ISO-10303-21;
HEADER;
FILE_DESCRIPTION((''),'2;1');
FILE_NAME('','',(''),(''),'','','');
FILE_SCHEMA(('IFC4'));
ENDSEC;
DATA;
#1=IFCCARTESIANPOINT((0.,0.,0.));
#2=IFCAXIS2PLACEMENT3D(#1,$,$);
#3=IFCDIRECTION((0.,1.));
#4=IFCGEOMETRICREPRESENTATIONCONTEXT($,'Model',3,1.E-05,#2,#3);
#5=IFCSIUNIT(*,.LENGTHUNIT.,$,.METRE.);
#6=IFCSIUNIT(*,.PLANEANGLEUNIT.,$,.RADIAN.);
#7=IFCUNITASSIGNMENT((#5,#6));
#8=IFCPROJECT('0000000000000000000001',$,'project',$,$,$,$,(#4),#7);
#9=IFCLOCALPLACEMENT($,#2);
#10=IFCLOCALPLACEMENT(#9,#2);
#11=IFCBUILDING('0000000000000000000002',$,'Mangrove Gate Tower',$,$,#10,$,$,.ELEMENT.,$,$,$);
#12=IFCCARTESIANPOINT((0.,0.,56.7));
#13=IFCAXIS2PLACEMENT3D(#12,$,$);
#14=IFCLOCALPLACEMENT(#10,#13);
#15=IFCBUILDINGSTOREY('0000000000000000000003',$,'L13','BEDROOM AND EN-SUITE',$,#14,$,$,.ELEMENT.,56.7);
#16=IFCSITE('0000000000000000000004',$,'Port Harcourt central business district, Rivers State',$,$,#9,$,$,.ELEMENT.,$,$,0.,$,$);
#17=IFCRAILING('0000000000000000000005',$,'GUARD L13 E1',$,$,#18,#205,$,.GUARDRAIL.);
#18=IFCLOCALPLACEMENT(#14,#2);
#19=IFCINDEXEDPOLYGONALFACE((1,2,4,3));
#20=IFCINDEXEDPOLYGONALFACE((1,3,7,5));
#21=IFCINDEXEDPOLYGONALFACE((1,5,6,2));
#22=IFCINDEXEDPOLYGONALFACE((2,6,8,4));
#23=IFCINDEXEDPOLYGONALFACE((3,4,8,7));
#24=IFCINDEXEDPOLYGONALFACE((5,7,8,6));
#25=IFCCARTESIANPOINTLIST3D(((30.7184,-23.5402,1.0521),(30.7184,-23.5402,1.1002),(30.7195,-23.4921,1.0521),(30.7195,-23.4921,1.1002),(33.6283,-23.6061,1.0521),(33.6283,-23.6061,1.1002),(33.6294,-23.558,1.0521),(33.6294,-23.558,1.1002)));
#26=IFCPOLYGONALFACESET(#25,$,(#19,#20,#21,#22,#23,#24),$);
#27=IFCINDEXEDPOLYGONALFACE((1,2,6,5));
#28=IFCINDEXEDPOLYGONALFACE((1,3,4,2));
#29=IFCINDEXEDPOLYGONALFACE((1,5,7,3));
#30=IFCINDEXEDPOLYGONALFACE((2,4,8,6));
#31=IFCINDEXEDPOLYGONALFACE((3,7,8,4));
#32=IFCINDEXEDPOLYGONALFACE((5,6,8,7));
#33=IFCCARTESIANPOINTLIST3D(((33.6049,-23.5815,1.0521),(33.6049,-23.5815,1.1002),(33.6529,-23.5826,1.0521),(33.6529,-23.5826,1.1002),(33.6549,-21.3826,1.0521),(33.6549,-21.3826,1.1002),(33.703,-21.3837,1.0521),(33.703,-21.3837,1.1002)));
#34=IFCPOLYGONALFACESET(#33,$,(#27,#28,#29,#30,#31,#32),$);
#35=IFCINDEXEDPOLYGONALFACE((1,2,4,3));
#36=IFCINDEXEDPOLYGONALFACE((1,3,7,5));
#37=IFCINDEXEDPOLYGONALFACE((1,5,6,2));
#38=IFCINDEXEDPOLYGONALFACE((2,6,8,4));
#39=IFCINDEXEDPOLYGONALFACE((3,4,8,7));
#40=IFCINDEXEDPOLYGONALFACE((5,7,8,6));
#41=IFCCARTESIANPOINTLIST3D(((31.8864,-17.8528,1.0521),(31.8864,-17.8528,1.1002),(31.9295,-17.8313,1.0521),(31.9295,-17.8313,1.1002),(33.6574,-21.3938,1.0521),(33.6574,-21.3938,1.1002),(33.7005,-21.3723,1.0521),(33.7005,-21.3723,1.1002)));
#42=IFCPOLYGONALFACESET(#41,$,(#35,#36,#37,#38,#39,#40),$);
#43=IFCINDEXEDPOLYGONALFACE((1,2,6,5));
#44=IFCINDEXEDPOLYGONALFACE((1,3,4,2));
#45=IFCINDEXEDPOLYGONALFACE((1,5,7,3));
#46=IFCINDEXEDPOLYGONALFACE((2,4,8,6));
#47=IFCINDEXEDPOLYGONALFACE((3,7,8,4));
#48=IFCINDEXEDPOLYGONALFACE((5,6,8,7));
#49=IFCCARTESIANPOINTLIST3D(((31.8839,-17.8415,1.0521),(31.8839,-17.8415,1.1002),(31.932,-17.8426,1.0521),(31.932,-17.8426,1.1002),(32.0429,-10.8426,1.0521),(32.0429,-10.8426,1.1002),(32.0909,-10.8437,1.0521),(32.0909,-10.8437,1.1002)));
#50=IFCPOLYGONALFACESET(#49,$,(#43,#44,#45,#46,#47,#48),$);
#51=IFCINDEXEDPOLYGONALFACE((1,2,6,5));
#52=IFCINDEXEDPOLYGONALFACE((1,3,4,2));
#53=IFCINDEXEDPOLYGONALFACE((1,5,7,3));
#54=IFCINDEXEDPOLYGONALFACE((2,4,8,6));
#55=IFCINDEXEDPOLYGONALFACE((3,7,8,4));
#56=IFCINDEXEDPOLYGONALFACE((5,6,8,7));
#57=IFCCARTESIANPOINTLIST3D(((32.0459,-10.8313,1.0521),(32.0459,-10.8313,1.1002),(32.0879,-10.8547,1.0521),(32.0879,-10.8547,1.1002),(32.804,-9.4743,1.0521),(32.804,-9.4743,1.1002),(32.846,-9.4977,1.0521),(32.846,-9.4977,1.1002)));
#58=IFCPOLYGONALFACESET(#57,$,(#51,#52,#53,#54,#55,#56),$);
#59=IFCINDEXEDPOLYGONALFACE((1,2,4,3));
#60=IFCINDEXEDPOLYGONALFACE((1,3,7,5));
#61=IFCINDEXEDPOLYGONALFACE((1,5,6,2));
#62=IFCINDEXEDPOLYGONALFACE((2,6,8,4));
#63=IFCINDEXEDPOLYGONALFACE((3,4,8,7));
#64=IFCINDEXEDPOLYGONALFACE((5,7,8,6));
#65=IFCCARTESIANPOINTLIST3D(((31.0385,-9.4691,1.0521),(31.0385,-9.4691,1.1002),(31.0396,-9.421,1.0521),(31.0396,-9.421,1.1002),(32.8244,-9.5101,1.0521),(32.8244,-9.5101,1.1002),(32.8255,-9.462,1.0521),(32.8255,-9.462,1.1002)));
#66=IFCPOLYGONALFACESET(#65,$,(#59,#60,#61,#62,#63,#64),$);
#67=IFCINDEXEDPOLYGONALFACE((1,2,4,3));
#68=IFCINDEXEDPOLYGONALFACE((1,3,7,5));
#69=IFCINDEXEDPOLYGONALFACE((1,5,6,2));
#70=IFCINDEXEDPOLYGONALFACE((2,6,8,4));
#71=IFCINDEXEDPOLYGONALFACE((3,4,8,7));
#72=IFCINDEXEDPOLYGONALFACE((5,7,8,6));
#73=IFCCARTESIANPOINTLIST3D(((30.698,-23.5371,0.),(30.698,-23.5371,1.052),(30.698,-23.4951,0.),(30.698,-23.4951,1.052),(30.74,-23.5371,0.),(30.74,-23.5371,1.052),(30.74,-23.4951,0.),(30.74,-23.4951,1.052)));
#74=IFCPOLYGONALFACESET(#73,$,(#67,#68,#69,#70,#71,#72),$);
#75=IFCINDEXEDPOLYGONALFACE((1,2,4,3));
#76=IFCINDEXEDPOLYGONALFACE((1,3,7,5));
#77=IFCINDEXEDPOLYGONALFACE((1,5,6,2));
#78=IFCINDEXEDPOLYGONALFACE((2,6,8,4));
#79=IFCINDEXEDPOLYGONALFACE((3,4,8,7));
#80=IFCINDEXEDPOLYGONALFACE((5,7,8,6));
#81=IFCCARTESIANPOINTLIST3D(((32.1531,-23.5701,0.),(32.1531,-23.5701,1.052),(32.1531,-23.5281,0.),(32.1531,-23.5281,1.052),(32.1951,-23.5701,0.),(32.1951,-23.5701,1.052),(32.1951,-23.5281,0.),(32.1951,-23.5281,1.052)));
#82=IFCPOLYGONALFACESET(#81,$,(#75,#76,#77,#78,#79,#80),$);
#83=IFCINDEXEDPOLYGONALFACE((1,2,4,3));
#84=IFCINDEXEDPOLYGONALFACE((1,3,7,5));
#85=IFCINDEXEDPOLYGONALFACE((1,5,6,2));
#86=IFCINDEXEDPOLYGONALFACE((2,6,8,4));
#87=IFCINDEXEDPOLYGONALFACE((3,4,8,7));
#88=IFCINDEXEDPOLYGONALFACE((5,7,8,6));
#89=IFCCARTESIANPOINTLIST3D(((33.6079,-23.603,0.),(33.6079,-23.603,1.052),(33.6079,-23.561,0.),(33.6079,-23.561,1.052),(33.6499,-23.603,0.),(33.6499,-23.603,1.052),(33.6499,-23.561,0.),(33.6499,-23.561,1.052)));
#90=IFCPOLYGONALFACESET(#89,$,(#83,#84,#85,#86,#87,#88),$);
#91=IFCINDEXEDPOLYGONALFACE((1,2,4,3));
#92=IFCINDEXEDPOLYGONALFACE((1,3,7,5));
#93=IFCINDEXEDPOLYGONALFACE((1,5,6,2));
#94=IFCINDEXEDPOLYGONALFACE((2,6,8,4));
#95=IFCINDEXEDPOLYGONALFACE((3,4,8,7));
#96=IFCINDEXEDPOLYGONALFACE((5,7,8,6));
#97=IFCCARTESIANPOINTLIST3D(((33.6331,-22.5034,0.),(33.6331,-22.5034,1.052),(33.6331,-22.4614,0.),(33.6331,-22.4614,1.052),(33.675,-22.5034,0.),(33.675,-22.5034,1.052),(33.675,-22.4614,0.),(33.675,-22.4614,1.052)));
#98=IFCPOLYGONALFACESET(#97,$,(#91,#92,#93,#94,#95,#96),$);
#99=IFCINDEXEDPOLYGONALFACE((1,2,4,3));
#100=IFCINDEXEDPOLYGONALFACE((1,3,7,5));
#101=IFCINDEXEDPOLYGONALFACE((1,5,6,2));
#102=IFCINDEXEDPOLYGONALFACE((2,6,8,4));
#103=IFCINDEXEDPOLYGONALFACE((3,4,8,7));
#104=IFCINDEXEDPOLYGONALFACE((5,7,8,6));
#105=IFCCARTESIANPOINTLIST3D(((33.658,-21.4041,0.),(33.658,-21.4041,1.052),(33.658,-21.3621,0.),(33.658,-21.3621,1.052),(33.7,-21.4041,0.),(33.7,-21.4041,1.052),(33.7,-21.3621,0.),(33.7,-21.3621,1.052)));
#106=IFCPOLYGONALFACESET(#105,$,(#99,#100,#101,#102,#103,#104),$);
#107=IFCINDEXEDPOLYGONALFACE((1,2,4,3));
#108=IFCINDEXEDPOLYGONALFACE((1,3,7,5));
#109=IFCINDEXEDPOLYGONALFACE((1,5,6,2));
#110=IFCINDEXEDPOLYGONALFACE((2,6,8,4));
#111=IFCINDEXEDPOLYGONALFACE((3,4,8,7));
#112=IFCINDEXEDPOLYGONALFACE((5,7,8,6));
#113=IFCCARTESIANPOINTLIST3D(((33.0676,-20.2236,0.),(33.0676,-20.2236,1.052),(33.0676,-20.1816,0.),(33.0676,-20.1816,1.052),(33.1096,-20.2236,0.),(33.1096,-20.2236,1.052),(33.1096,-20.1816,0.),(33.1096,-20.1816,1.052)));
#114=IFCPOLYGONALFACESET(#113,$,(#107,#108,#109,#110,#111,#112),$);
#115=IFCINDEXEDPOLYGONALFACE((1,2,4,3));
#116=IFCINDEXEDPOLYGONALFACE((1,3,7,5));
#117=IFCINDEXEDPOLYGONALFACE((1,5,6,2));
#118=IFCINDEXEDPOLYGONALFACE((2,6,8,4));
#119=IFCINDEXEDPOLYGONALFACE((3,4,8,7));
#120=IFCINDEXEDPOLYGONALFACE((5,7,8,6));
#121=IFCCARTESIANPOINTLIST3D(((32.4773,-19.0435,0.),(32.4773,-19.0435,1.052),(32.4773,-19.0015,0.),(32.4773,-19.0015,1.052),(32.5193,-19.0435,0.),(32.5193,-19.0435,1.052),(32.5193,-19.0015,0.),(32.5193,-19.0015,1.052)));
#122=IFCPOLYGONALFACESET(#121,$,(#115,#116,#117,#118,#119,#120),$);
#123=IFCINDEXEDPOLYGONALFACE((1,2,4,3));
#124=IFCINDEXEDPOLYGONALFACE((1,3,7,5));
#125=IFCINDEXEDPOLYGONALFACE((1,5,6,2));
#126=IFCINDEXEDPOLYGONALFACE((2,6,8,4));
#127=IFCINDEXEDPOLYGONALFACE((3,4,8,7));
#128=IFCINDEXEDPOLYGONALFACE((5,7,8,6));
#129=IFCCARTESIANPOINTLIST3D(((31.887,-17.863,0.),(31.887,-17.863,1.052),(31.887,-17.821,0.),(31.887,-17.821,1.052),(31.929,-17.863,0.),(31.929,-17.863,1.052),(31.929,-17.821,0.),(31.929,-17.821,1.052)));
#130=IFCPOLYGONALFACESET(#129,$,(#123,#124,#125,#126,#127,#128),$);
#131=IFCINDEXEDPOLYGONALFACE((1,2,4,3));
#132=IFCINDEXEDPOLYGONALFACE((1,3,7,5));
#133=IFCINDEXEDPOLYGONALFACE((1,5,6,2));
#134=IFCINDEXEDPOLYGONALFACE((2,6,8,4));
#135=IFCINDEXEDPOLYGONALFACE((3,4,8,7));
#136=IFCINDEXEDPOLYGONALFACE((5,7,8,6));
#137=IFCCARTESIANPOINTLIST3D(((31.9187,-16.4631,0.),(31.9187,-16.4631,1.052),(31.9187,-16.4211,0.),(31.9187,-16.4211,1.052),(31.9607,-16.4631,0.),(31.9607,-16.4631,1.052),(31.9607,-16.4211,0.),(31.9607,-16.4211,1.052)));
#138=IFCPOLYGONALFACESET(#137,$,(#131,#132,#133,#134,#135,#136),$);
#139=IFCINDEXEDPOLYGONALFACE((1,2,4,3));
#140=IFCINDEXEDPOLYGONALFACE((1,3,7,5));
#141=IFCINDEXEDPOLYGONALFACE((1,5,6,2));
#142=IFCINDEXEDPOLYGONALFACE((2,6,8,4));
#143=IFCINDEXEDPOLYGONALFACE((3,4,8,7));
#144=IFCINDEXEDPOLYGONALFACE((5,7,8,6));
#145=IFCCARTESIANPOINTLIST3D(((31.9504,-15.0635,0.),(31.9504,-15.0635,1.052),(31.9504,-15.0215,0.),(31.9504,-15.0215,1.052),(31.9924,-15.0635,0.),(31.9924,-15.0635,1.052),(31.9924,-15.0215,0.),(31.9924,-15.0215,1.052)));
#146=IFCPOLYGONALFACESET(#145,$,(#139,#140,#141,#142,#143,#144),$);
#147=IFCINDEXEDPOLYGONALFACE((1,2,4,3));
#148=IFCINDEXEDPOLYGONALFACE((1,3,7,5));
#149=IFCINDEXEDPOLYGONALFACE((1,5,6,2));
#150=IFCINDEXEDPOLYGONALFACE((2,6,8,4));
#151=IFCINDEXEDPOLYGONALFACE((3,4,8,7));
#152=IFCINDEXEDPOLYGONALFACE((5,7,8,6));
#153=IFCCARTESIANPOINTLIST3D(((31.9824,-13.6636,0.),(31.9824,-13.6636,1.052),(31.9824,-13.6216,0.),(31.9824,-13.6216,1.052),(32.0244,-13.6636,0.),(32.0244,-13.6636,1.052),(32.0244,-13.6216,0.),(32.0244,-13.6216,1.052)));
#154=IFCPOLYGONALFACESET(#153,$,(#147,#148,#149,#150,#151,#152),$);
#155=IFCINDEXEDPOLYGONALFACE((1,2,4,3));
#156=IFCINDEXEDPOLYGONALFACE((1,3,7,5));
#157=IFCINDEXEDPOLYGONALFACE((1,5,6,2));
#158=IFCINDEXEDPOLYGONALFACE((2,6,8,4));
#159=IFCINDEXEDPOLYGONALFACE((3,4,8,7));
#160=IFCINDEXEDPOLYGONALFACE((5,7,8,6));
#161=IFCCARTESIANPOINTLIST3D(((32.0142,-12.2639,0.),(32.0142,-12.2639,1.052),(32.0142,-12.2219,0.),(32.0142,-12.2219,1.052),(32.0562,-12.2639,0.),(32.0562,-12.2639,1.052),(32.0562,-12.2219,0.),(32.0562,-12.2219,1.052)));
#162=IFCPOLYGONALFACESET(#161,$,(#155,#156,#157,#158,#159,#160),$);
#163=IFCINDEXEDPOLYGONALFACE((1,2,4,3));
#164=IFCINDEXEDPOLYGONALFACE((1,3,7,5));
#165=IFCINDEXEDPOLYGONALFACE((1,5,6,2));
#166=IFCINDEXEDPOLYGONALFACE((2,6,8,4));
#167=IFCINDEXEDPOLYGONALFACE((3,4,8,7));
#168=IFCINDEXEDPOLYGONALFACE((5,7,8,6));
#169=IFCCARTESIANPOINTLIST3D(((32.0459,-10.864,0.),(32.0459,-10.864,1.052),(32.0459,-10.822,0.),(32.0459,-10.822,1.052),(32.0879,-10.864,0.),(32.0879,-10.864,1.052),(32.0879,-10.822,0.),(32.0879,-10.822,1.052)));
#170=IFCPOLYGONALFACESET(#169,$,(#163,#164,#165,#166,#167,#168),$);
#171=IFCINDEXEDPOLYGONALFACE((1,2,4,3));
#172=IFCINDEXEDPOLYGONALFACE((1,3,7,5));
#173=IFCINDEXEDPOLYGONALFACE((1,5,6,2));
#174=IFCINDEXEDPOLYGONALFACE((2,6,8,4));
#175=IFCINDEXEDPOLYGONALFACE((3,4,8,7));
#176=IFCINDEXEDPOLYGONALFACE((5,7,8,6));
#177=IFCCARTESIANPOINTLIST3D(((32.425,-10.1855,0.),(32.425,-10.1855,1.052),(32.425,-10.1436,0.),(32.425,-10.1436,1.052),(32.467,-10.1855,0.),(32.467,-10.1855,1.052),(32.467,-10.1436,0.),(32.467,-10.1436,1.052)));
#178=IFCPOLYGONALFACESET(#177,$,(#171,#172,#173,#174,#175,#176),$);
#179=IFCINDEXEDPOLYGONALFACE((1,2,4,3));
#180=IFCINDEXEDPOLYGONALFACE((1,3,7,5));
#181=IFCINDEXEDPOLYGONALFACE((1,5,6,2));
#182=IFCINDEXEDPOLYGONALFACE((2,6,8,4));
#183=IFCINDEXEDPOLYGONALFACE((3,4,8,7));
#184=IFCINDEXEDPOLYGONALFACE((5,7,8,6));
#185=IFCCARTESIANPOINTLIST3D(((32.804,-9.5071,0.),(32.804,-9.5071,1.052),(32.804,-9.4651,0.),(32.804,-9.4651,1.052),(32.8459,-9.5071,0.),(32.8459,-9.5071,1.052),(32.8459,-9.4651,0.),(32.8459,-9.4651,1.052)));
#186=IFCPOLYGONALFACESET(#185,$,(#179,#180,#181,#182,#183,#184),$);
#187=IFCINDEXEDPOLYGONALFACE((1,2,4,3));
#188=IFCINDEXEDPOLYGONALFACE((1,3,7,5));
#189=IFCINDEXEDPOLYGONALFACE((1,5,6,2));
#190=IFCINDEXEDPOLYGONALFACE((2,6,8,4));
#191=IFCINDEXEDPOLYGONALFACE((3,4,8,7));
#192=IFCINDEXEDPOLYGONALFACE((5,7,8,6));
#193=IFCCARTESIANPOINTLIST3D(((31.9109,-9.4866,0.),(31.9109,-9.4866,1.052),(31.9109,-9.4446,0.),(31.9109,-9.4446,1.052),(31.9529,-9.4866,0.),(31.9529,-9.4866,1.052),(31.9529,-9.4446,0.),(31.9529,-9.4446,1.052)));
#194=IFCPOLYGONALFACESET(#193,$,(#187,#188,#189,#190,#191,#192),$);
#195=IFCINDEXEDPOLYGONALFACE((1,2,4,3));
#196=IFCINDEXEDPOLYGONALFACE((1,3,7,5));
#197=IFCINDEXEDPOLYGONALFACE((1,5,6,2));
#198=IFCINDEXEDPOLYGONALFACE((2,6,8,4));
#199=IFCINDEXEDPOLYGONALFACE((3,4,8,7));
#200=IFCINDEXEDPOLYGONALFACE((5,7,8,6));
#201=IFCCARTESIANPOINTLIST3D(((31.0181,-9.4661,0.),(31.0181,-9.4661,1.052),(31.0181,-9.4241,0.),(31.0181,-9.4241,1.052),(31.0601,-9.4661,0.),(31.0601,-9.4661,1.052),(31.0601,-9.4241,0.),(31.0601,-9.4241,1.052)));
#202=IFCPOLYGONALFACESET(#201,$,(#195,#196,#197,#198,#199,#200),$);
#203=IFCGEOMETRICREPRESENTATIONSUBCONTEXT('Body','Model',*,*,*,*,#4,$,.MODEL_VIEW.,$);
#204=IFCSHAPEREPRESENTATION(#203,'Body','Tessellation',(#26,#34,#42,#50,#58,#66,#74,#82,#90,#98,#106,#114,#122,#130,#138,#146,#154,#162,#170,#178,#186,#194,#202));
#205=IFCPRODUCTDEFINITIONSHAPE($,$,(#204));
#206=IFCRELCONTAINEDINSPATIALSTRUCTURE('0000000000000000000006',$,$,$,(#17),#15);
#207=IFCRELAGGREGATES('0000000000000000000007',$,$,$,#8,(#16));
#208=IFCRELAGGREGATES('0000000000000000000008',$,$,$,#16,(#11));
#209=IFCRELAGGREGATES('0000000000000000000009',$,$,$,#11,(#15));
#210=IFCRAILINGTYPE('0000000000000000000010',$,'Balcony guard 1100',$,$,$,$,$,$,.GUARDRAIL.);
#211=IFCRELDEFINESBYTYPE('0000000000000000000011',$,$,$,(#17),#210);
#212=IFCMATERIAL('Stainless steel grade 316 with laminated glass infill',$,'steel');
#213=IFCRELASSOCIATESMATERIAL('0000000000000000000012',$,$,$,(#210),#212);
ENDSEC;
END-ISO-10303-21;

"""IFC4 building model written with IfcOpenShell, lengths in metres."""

from ifc_helpers import new_model, si_unit, direction, frame, origin, origin_2d, place, context, subcontext, project, spatial, rectangle, extrude, material, type_object, element, save


model = new_model("IFC4")

# Units and contexts
model_context = context("Model", 3, precision=1e-05, world=origin(), true_north=direction((0.0, 1.0)))
body_context = subcontext(model_context, "Body", "Model", "MODEL_VIEW")
ifc_project = project(units=[si_unit("LENGTHUNIT", "METRE"), si_unit("PLANEANGLEUNIT", "RADIAN")], contexts=[model_context])

# Site, building, storey
site_placement = place(None, origin())
site = spatial("IfcSite", under=ifc_project, at=site_placement, Name="Port Harcourt central business district, Rivers State", CompositionType="ELEMENT", RefElevation=0.0)
building_placement = place(site_placement, origin())
building = spatial("IfcBuilding", under=site, at=building_placement, Name="Mangrove Gate Tower", CompositionType="ELEMENT")
storey_placement = place(building_placement, frame((0.0, 0.0, 56.7)))
storey = spatial("IfcBuildingStorey", under=building, at=storey_placement, Name="L13", Description="BEDROOM AND EN-SUITE", CompositionType="ELEMENT", Elevation=56.7)

# Railing
ifc_material_1 = material(Name="Stainless steel grade 316 with laminated glass infill", Category="steel")
railing_type = type_object("IfcRailingType", Name="Balcony guard 1100", PredefinedType="GUARDRAIL", material=ifc_material_1)
railing_placement = place(storey_placement, frame((30.719, -23.5161, 0.0)))
element("IfcRailing", 1, at=railing_placement, inside=storey, type_object=railing_type, Name="GUARD L13 E1", PredefinedType="GUARDRAIL", context=body_context, shape_type="SweptSolid", body=[
    extrude(rectangle(XDim=0.0481, YDim=0.0481, at=origin_2d()), frame((0.0, 0.0, 1.0762), z_axis=(0.999744, -0.022647, 0.0), x_axis=(0.022647, 0.999744, 0.0)), (0.0, 0.0, 1.0), 2.9106),
    extrude(rectangle(XDim=0.0481, YDim=0.0481, at=origin_2d()), frame((2.9099, -0.0659, 1.0762), z_axis=(0.022754, 0.999741, 0.0), x_axis=(-0.999741, 0.022754, 0.0)), (0.0, 0.0, 1.0), 2.1995),
    extrude(rectangle(XDim=0.0481, YDim=0.0481, at=origin_2d()), frame((2.96, 2.1331, 1.0762), z_axis=(-0.447312, 0.894378, 0.0), x_axis=(-0.894378, -0.447312, 0.0)), (0.0, 0.0, 1.0), 3.9592),
    extrude(rectangle(XDim=0.0481, YDim=0.0481, at=origin_2d()), frame((1.189, 5.6741, 1.0762), z_axis=(0.022702, 0.999742, 0.0), x_axis=(-0.999742, 0.022702, 0.0)), (0.0, 0.0, 1.0), 7.0007),
    extrude(rectangle(XDim=0.0481, YDim=0.0481, at=origin_2d()), frame((1.3479, 12.6731, 1.0762), z_axis=(0.487709, 0.873006, 0.0), x_axis=(-0.873006, 0.487709, 0.0)), (0.0, 0.0, 1.0), 1.5544),
    extrude(rectangle(XDim=0.0481, YDim=0.0481, at=origin_2d()), frame((2.106, 14.03, 1.0762), z_axis=(-0.999736, 0.02296, 0.0), x_axis=(-0.02296, -0.999736, 0.0)), (0.0, 0.0, 1.0), 1.7864),
    extrude(rectangle(XDim=0.042, YDim=0.042, at=origin_2d()), origin(), (0.0, 0.0, 1.0), 1.052),
    extrude(rectangle(XDim=0.042, YDim=0.042, at=origin_2d()), frame((1.4551, -0.033, 0.0)), (0.0, 0.0, 1.0), 1.052),
    extrude(rectangle(XDim=0.042, YDim=0.042, at=origin_2d()), frame((2.9099, -0.0659, 0.0)), (0.0, 0.0, 1.0), 1.052),
    extrude(rectangle(XDim=0.042, YDim=0.042, at=origin_2d()), frame((2.9351, 1.0337, 0.0)), (0.0, 0.0, 1.0), 1.052),
    extrude(rectangle(XDim=0.042, YDim=0.042, at=origin_2d()), frame((2.96, 2.1331, 0.0)), (0.0, 0.0, 1.0), 1.052),
    extrude(rectangle(XDim=0.042, YDim=0.042, at=origin_2d()), frame((2.3696, 3.3135, 0.0)), (0.0, 0.0, 1.0), 1.052),
    extrude(rectangle(XDim=0.042, YDim=0.042, at=origin_2d()), frame((1.7793, 4.4937, 0.0)), (0.0, 0.0, 1.0), 1.052),
    extrude(rectangle(XDim=0.042, YDim=0.042, at=origin_2d()), frame((1.189, 5.6741, 0.0)), (0.0, 0.0, 1.0), 1.052),
    extrude(rectangle(XDim=0.042, YDim=0.042, at=origin_2d()), frame((1.2207, 7.074, 0.0)), (0.0, 0.0, 1.0), 1.052),
    extrude(rectangle(XDim=0.042, YDim=0.042, at=origin_2d()), frame((1.2524, 8.4736, 0.0)), (0.0, 0.0, 1.0), 1.052),
    extrude(rectangle(XDim=0.042, YDim=0.042, at=origin_2d()), frame((1.2844, 9.8735, 0.0)), (0.0, 0.0, 1.0), 1.052),
    extrude(rectangle(XDim=0.042, YDim=0.042, at=origin_2d()), frame((1.3162, 11.2732, 0.0)), (0.0, 0.0, 1.0), 1.052),
    extrude(rectangle(XDim=0.042, YDim=0.042, at=origin_2d()), frame((1.3479, 12.6731, 0.0)), (0.0, 0.0, 1.0), 1.052),
    extrude(rectangle(XDim=0.042, YDim=0.042, at=origin_2d()), frame((1.7271, 13.3516, 0.0)), (0.0, 0.0, 1.0), 1.052),
    extrude(rectangle(XDim=0.042, YDim=0.042, at=origin_2d()), frame((2.106, 14.03, 0.0)), (0.0, 0.0, 1.0), 1.052),
    extrude(rectangle(XDim=0.042, YDim=0.042, at=origin_2d()), frame((1.2129, 14.0505, 0.0)), (0.0, 0.0, 1.0), 1.052),
    extrude(rectangle(XDim=0.042, YDim=0.042, at=origin_2d()), frame((0.3201, 14.071, 0.0)), (0.0, 0.0, 1.0), 1.052),
])

save(model, "model.ifc")
